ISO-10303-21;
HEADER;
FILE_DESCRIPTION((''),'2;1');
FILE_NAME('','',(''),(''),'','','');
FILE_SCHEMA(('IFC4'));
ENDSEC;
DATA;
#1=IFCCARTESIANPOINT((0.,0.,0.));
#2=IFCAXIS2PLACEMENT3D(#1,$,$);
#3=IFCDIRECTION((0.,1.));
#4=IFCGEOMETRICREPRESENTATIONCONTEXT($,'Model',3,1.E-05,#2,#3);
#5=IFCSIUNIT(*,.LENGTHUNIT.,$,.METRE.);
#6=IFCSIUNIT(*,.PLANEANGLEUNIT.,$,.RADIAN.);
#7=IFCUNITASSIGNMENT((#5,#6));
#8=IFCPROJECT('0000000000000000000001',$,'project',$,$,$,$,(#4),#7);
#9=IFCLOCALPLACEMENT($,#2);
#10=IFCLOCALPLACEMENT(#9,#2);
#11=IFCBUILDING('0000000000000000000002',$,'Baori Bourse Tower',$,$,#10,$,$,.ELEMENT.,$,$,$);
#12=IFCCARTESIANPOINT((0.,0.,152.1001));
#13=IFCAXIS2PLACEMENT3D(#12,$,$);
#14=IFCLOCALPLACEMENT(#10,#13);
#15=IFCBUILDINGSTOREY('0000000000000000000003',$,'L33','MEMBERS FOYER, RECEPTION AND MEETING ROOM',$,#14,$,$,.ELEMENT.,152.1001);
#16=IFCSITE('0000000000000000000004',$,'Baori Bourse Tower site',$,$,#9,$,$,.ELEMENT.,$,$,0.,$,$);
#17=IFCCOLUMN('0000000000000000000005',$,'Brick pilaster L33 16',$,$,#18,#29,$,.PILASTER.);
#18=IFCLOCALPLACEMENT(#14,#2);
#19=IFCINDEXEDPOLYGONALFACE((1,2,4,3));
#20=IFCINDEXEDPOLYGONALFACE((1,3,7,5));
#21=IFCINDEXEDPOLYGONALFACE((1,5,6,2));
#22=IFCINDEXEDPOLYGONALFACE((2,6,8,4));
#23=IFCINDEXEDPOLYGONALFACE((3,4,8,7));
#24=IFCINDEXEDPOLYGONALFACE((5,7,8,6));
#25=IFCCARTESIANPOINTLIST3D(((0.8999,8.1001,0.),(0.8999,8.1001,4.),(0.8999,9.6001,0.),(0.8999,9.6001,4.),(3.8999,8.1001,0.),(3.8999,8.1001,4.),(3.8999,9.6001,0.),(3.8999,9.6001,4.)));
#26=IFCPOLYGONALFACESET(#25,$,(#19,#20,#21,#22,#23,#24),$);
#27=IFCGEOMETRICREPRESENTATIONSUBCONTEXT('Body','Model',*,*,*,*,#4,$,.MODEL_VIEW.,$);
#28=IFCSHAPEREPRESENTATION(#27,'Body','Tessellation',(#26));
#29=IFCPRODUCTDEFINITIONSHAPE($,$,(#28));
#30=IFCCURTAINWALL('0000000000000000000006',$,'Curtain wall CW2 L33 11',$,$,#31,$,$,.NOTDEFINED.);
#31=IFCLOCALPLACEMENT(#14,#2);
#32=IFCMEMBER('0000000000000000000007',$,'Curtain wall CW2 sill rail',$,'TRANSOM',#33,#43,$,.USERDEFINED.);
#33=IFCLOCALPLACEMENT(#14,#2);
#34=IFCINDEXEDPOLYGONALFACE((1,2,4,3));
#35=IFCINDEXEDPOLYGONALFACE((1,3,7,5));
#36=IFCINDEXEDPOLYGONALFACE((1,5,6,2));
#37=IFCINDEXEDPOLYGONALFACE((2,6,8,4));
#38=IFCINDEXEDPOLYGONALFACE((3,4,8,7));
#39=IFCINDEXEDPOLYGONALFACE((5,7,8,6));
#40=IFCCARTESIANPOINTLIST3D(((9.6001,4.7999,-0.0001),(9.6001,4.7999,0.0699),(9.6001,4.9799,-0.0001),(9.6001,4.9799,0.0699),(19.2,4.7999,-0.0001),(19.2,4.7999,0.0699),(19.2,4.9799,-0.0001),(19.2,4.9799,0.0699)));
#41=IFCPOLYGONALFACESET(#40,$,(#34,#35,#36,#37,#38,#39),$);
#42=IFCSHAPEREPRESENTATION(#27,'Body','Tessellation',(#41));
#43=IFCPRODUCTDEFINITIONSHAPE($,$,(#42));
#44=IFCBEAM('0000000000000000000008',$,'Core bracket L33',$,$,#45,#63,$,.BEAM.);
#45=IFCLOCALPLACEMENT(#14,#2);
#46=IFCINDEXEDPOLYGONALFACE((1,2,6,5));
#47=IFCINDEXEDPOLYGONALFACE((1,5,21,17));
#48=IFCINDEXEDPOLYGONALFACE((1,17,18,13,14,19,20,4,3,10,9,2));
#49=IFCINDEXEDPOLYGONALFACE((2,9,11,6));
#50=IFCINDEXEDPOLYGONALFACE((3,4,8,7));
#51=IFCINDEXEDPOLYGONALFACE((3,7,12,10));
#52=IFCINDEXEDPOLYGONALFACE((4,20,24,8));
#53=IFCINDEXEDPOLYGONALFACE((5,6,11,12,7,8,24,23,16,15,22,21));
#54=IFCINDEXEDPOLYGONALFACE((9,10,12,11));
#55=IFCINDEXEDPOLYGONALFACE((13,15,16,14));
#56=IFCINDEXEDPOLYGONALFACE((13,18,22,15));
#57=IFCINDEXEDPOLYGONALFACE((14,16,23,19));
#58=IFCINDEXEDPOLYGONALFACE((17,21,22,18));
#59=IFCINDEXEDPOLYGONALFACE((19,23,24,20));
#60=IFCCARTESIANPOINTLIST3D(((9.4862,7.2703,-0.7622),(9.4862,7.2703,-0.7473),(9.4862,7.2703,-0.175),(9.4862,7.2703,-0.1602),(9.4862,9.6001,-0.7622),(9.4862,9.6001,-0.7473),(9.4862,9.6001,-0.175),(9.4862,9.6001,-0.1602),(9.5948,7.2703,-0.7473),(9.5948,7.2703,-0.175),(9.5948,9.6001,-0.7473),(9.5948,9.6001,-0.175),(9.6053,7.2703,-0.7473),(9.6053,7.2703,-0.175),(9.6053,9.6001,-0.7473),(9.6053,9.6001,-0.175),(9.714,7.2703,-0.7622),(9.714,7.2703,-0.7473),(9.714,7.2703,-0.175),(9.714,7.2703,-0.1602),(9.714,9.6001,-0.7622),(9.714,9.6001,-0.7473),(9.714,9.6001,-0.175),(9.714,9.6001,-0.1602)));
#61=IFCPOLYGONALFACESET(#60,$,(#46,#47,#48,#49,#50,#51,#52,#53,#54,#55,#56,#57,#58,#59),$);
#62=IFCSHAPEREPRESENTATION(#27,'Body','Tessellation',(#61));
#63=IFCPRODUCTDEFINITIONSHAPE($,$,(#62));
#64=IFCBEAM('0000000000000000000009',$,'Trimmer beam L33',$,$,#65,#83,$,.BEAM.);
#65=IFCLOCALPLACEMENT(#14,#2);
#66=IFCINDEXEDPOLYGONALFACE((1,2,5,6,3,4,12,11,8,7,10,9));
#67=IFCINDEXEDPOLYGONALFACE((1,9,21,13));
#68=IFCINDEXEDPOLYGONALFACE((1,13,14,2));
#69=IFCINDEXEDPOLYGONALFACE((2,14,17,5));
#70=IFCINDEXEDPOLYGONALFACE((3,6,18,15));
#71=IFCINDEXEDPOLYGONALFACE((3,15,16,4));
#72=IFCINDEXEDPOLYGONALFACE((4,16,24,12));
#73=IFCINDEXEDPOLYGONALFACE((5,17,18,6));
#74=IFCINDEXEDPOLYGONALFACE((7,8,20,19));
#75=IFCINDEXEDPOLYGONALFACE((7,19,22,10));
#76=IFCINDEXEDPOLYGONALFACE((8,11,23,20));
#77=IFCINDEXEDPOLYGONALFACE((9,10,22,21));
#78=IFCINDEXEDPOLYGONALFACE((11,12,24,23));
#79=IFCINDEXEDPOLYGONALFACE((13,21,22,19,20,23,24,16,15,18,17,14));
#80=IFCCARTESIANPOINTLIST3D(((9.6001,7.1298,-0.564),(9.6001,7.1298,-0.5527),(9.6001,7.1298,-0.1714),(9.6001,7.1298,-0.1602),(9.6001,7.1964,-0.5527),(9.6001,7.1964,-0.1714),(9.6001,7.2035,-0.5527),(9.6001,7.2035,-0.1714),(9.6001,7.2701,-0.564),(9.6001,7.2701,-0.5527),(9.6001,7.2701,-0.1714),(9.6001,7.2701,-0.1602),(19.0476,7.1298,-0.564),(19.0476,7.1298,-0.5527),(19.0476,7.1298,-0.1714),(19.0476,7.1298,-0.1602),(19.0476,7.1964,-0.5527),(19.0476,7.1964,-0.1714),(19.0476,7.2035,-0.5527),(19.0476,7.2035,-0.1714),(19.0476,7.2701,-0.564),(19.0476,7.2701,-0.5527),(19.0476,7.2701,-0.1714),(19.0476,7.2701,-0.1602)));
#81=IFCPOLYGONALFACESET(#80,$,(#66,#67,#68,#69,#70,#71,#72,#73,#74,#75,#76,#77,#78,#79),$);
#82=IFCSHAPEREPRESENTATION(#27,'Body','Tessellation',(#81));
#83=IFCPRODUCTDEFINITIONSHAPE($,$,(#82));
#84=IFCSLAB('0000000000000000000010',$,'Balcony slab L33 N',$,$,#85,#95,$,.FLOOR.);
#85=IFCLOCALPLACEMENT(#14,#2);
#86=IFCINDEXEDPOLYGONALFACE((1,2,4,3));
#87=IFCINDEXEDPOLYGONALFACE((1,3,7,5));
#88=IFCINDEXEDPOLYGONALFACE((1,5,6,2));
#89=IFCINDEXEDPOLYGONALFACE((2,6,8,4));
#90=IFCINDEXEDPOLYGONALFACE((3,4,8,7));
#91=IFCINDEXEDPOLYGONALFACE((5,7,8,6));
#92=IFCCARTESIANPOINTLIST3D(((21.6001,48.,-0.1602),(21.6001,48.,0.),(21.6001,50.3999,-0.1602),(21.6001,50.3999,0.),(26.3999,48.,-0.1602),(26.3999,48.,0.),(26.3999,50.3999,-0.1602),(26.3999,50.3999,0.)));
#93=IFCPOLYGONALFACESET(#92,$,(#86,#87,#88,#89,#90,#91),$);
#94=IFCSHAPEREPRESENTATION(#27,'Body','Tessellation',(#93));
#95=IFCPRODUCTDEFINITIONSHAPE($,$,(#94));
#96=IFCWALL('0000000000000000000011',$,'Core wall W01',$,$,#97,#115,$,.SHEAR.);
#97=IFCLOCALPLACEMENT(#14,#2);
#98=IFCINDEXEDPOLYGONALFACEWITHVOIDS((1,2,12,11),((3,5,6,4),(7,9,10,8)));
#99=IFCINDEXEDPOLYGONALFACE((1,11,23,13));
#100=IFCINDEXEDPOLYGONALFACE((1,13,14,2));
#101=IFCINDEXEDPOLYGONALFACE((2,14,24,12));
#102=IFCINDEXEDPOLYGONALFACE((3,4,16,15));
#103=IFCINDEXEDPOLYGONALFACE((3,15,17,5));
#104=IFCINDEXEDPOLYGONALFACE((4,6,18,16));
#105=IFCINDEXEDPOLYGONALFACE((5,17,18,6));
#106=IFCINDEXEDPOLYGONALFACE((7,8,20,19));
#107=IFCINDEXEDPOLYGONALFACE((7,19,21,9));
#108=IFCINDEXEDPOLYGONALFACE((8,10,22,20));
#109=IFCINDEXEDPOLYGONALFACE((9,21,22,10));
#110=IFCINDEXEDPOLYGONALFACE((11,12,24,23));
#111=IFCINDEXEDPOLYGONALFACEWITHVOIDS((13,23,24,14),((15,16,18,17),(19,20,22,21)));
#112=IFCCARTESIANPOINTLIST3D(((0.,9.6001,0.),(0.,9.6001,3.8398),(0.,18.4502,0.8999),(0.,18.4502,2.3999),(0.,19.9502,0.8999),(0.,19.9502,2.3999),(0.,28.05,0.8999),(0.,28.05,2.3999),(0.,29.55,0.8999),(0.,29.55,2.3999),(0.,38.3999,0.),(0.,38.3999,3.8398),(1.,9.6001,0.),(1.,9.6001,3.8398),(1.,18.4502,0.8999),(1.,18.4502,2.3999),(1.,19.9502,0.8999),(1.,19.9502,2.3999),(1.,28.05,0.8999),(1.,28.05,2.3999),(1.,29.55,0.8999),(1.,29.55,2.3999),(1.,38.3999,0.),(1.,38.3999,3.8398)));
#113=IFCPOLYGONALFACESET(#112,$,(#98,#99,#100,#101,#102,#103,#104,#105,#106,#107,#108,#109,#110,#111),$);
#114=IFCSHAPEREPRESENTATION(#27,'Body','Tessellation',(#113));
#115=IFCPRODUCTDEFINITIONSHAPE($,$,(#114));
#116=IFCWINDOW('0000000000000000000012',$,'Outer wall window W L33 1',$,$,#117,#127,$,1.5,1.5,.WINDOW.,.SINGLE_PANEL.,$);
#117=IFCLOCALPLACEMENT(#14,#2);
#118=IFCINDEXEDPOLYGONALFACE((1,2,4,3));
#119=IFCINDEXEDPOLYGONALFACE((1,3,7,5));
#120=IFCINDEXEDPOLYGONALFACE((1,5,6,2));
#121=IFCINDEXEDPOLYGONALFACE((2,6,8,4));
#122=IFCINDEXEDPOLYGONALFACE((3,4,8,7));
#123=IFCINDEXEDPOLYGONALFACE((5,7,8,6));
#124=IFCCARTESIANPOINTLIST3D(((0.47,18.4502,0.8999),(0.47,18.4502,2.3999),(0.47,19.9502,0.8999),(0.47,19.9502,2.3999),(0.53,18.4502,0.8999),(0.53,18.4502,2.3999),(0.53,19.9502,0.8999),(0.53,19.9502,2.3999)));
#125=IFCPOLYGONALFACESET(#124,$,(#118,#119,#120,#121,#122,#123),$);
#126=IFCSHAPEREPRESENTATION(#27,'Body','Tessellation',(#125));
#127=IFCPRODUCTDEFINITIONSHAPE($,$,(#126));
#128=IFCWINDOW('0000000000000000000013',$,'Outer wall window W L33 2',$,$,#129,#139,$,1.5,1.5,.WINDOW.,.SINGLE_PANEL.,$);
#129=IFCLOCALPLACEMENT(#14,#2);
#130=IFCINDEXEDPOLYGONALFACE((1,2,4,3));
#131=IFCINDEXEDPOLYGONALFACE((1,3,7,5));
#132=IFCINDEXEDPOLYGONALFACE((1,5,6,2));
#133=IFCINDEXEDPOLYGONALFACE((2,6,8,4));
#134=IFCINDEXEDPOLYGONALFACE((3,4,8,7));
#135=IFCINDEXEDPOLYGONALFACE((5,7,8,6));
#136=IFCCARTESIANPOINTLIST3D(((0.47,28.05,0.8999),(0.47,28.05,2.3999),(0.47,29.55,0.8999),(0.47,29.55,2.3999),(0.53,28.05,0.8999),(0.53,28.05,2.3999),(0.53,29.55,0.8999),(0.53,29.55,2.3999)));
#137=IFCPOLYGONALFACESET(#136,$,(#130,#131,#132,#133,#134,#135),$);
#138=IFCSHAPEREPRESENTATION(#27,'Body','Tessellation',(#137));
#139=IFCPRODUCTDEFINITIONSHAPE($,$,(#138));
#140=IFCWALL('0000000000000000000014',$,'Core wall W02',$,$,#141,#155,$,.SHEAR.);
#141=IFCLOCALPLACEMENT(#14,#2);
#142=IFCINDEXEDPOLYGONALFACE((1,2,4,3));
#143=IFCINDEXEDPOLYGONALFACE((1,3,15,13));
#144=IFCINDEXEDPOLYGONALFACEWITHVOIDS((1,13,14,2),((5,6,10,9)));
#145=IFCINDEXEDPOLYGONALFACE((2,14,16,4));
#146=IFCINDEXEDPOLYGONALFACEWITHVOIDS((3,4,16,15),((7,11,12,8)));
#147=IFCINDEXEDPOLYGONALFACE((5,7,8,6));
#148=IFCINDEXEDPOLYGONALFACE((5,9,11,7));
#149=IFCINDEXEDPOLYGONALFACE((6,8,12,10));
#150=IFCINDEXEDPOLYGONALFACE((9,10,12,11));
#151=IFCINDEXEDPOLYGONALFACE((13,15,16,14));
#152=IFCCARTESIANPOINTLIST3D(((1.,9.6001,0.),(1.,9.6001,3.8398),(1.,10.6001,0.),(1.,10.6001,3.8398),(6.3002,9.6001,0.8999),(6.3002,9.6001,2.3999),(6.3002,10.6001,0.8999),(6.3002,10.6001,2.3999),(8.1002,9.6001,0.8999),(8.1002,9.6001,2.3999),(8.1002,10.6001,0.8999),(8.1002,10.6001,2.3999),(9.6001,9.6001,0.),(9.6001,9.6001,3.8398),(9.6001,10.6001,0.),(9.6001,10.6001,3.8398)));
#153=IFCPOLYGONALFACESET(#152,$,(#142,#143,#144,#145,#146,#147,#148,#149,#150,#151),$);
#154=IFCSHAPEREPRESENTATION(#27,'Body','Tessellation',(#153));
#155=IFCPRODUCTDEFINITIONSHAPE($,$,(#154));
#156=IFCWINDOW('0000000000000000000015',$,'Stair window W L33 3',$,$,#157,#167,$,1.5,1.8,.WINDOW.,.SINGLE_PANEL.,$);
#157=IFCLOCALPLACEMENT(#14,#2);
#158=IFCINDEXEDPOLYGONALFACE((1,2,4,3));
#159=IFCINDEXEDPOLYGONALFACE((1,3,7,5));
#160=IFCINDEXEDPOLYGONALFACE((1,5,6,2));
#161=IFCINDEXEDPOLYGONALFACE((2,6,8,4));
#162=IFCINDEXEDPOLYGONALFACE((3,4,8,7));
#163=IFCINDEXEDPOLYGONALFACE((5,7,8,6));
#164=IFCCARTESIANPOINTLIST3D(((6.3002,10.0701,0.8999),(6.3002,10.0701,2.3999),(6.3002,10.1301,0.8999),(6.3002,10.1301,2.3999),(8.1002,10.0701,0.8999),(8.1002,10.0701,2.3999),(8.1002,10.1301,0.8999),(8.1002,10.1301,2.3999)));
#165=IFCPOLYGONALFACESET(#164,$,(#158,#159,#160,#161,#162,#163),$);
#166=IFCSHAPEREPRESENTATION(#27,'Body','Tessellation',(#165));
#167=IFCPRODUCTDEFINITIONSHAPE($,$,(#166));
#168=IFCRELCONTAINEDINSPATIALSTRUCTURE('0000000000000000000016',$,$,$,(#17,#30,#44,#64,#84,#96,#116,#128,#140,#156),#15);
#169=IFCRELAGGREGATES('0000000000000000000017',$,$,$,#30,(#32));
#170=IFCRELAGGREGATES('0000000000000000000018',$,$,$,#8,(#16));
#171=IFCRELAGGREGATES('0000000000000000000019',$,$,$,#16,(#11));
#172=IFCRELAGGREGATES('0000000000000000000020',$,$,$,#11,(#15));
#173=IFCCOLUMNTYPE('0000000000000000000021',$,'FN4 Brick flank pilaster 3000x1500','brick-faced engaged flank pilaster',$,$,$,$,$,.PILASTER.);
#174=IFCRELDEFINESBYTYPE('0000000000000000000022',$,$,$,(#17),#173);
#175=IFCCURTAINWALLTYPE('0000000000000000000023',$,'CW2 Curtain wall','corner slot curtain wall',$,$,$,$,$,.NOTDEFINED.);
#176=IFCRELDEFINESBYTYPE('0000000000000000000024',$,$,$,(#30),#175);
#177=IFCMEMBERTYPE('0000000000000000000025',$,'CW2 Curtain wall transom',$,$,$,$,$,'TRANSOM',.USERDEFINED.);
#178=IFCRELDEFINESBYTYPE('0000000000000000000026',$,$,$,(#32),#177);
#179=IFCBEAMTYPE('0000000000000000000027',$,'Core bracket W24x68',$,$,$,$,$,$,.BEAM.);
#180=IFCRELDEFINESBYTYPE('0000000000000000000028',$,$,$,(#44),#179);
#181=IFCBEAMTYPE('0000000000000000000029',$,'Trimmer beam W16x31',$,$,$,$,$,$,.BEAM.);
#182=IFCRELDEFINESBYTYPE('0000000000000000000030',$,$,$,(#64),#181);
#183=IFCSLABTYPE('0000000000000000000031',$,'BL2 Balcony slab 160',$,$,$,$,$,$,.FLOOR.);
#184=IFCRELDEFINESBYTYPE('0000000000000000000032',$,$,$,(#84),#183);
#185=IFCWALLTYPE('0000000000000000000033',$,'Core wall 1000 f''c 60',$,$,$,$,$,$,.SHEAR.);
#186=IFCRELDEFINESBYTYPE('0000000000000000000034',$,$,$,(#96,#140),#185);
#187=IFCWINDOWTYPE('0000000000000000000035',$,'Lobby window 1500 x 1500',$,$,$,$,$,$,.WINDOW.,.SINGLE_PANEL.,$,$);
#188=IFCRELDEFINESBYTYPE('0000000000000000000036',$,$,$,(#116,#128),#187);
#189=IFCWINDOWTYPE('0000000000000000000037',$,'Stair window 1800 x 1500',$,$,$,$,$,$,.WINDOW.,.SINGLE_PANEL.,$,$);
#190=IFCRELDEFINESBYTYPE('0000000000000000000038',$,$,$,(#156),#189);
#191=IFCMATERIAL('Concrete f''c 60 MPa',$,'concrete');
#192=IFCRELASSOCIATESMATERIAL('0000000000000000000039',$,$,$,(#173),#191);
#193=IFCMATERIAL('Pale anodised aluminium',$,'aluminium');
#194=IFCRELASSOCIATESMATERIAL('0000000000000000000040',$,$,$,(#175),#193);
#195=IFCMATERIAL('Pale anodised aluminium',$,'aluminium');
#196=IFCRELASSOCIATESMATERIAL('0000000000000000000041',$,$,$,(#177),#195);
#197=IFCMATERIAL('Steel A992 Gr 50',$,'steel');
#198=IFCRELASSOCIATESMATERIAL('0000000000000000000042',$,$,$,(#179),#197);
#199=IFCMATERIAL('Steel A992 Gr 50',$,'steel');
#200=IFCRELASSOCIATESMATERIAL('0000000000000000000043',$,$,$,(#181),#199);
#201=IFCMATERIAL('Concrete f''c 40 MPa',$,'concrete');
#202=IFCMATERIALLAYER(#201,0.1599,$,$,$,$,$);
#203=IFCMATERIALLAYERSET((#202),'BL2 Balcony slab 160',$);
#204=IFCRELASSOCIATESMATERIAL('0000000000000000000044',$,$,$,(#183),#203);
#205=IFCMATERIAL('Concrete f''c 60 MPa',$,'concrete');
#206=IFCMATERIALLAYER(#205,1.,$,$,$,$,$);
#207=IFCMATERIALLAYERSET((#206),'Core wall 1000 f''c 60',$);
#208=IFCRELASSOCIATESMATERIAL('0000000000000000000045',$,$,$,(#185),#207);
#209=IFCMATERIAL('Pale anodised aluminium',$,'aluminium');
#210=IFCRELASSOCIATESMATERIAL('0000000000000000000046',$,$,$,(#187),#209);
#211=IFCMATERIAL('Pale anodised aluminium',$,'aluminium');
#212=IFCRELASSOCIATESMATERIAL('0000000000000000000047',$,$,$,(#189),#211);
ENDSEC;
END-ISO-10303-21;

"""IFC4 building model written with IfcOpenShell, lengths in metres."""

from ifc_helpers import new_model, si_unit, direction, frame, frame_2d, origin, origin_2d, place, context, subcontext, project, spatial, polyline, rectangle, i_section, outline, extrude, material, layer, layer_set, material_profile, profile_set, type_object, element, fill, aggregate, save


model = new_model("IFC4")

# Units and contexts
model_context = context("Model", 3, precision=1e-05, world=origin(), true_north=direction((0.0, 1.0)))
body_context = subcontext(model_context, "Body", "Model", "MODEL_VIEW")
ifc_project = project(units=[si_unit("LENGTHUNIT", "METRE"), si_unit("PLANEANGLEUNIT", "RADIAN")], contexts=[model_context])

# Site, building, storey
site_placement = place(None, origin())
site = spatial("IfcSite", under=ifc_project, at=site_placement, Name="Baori Bourse Tower site", CompositionType="ELEMENT", RefElevation=0.0)
building_placement = place(site_placement, origin())
building = spatial("IfcBuilding", under=site, at=building_placement, Name="Baori Bourse Tower", CompositionType="ELEMENT")
storey_placement = place(building_placement, frame((0.0, 0.0, 152.1001)))
storey = spatial("IfcBuildingStorey", under=building, at=storey_placement, Name="L33", Description="MEMBERS FOYER, RECEPTION AND MEETING ROOM", CompositionType="ELEMENT", Elevation=152.1001)

# Column
ifc_material_1 = material(Name="Concrete f'c 60 MPa", Category="concrete")
ifc_material_profile_1 = material_profile(ifc_material_1, rectangle(XDim=3.0, YDim=1.5, at=origin_2d()), Name="RC 3000x1500")
ifc_profile_set_1 = profile_set([ifc_material_profile_1], Name="Concrete f'c 60 MPa")
column_type = type_object("IfcColumnType", Name="FN4 Brick flank pilaster 3000x1500", Description="brick-faced engaged flank pilaster", PredefinedType="PILASTER", material=ifc_profile_set_1)
column_placement = place(storey_placement, frame((2.3999, 8.8501, 0.0), z_axis=(0.0, 0.0, 1.0), x_axis=(1.0, 0.0, 0.0)))
element("IfcColumn", 1, at=column_placement, inside=storey, type_object=column_type, Name="Brick pilaster L33 16", PredefinedType="PILASTER", context=body_context, shape_type="SweptSolid", body=[
    extrude(rectangle(XDim=3.0, YDim=1.5, at=origin_2d()), origin(), (0.0, 0.0, 1.0), 4.0),
])

# Curtain wall, member
ifc_material_2 = material(Name="Pale anodised aluminium", Category="aluminium")
curtain_wall_type = type_object("IfcCurtainWallType", Name="CW2 Curtain wall", Description="corner slot curtain wall", PredefinedType="NOTDEFINED", material=ifc_material_2)
curtain_wall_placement = place(storey_placement, origin())
curtain_wall = element("IfcCurtainWall", 2, at=curtain_wall_placement, inside=storey, type_object=curtain_wall_type, Name="Curtain wall CW2 L33 11", PredefinedType="NOTDEFINED")
ifc_material_3 = material(Name="Pale anodised aluminium", Category="aluminium")
ifc_material_profile_2 = material_profile(ifc_material_3, rectangle(XDim=0.1799, YDim=0.0701, at=origin_2d()), Name="Transom 70x180")
ifc_profile_set_2 = profile_set([ifc_material_profile_2], Name="Pale anodised aluminium")
member_type = type_object("IfcMemberType", Name="CW2 Curtain wall transom", ElementType="TRANSOM", PredefinedType="USERDEFINED", material=ifc_profile_set_2)
member_placement = place(storey_placement, frame((9.6001, 4.8899, 0.0349), z_axis=(1.0, 0.0, 0.0), x_axis=(0.0, 1.0, 0.0)))
member = element("IfcMember", 3, at=member_placement, type_object=member_type, Name="Curtain wall CW2 sill rail", ObjectType="TRANSOM", PredefinedType="USERDEFINED", context=body_context, shape_type="SweptSolid", body=[
    extrude(rectangle(XDim=0.1799, YDim=0.0701, at=origin_2d()), origin(), (0.0, 0.0, 1.0), 9.5999),
])
aggregate(curtain_wall, [member])

# Beams
ifc_material_4 = material(Name="Steel A992 Gr 50", Category="steel")
ifc_material_profile_3 = material_profile(ifc_material_4, i_section(OverallWidth=0.2278, OverallDepth=0.6021, WebThickness=0.0105, FlangeThickness=0.0149, at=origin_2d()), Name="W24x68")
ifc_profile_set_3 = profile_set([ifc_material_profile_3], Name="Steel A992 Gr 50")
beam_type_1 = type_object("IfcBeamType", Name="Core bracket W24x68", PredefinedType="BEAM", material=ifc_profile_set_3)
beam_1_placement = place(storey_placement, frame((9.6001, 7.2703, -0.4612), z_axis=(0.0, 1.0, 0.0), x_axis=(-1.0, 0.0, 0.0)))
element("IfcBeam", 4, at=beam_1_placement, inside=storey, type_object=beam_type_1, Name="Core bracket L33", PredefinedType="BEAM", context=body_context, shape_type="SweptSolid", body=[
    extrude(i_section(OverallWidth=0.2278, OverallDepth=0.6021, WebThickness=0.0105, FlangeThickness=0.0149, at=origin_2d()), origin(), (0.0, 0.0, 1.0), 2.3298),
])
ifc_material_5 = material(Name="Steel A992 Gr 50", Category="steel")
ifc_material_profile_4 = material_profile(ifc_material_5, i_section(OverallWidth=0.1404, OverallDepth=0.4038, WebThickness=0.0071, FlangeThickness=0.0112, at=origin_2d()), Name="W16x31")
ifc_profile_set_4 = profile_set([ifc_material_profile_4], Name="Steel A992 Gr 50")
beam_type_2 = type_object("IfcBeamType", Name="Trimmer beam W16x31", PredefinedType="BEAM", material=ifc_profile_set_4)
beam_2_placement = place(storey_placement, frame((9.6001, 7.2, -0.3621), z_axis=(1.0, 0.0, 0.0), x_axis=(0.0, 1.0, 0.0)))
element("IfcBeam", 5, at=beam_2_placement, inside=storey, type_object=beam_type_2, Name="Trimmer beam L33", PredefinedType="BEAM", context=body_context, shape_type="SweptSolid", body=[
    extrude(i_section(OverallWidth=0.1404, OverallDepth=0.4038, WebThickness=0.0071, FlangeThickness=0.0112, at=origin_2d()), origin(), (0.0, 0.0, 1.0), 9.4475),
])

# Slab
ifc_material_6 = material(Name="Concrete f'c 40 MPa", Category="concrete")
ifc_layer_1 = layer(ifc_material_6, 0.1599)
ifc_layer_set_1 = layer_set([ifc_layer_1], Name="BL2 Balcony slab 160")
slab_type = type_object("IfcSlabType", Name="BL2 Balcony slab 160", PredefinedType="FLOOR", material=ifc_layer_set_1)
slab_placement = place(storey_placement, frame((0.0, 0.0, -0.1602)))
element("IfcSlab", 6, at=slab_placement, inside=storey, type_object=slab_type, Name="Balcony slab L33 N", PredefinedType="FLOOR", context=body_context, shape_type="SweptSolid", body=[
    extrude(outline(polyline([(21.6001, 48.0), (26.3999, 48.0), (26.3999, 50.3999), (21.6001, 50.3999), (21.6001, 48.0)])), origin(), (0.0, 0.0, 1.0), 0.1602),
])

# Wall, openings, windows
ifc_material_7 = material(Name="Concrete f'c 60 MPa", Category="concrete")
ifc_layer_2 = layer(ifc_material_7, 1.0)
ifc_layer_set_2 = layer_set([ifc_layer_2], Name="Core wall 1000 f'c 60")
wall_type_1 = type_object("IfcWallType", Name="Core wall 1000 f'c 60", PredefinedType="SHEAR", material=ifc_layer_set_2)
wall_1_placement = place(storey_placement, frame((0.5, 9.6001, 0.0), z_axis=(0.0, 0.0, 1.0), x_axis=(0.0, 1.0, 0.0)))
wall_1 = element("IfcWall", 7, at=wall_1_placement, inside=storey, type_object=wall_type_1, Name="Core wall W01", PredefinedType="SHEAR", context=body_context, shape_type="SweptSolid", body=[
    extrude(rectangle(XDim=28.7998, YDim=1.0, at=frame_2d((14.3999, 0.0))), origin(), (0.0, 0.0, 1.0), 3.8398),
])
opening_1_placement = place(wall_1_placement, frame((8.8501, 0.0, 0.8999)))
opening_1 = element("IfcOpeningElement", 8, at=opening_1_placement, cuts=wall_1, PredefinedType="OPENING", context=body_context, shape_type="SweptSolid", body=[
    extrude(rectangle(XDim=1.5, YDim=1.5, at=frame_2d((0.75, 0.75))), frame((0.0, 0.51, 0.0), z_axis=(0.0, -1.0, 0.0), x_axis=(1.0, 0.0, 0.0)), (0.0, 0.0, 1.0), 1.02),
])
opening_2_placement = place(wall_1_placement, frame((18.45, 0.0, 0.8999)))
opening_2 = element("IfcOpeningElement", 9, at=opening_2_placement, cuts=wall_1, PredefinedType="OPENING", context=body_context, shape_type="SweptSolid", body=[
    extrude(rectangle(XDim=1.5, YDim=1.5, at=frame_2d((0.75, 0.75))), frame((0.0, 0.51, 0.0), z_axis=(0.0, -1.0, 0.0), x_axis=(1.0, 0.0, 0.0)), (0.0, 0.0, 1.0), 1.02),
])
ifc_material_8 = material(Name="Pale anodised aluminium", Category="aluminium")
window_type_1 = type_object("IfcWindowType", Name="Lobby window 1500 x 1500", PartitioningType="SINGLE_PANEL", PredefinedType="WINDOW", material=ifc_material_8)
window_1_placement = place(opening_1_placement, origin())
window_1 = element("IfcWindow", 10, at=window_1_placement, inside=storey, type_object=window_type_1, Name="Outer wall window W L33 1", OverallHeight=1.5, OverallWidth=1.5, PartitioningType="SINGLE_PANEL", PredefinedType="WINDOW", context=body_context, shape_type="SweptSolid", body=[
    extrude(rectangle(XDim=1.5, YDim=1.5, at=frame_2d((0.75, 0.75))), frame((0.0, 0.03, 0.0), z_axis=(0.0, -1.0, 0.0), x_axis=(1.0, 0.0, 0.0)), (0.0, 0.0, 1.0), 0.0601),
])
fill(opening_1, window_1)
window_2_placement = place(opening_2_placement, origin())
window_2 = element("IfcWindow", 11, at=window_2_placement, inside=storey, type_object=window_type_1, Name="Outer wall window W L33 2", OverallHeight=1.5, OverallWidth=1.5, PartitioningType="SINGLE_PANEL", PredefinedType="WINDOW", context=body_context, shape_type="SweptSolid", body=[
    extrude(rectangle(XDim=1.5, YDim=1.5, at=frame_2d((0.75, 0.75))), frame((0.0, 0.03, 0.0), z_axis=(0.0, -1.0, 0.0), x_axis=(1.0, 0.0, 0.0)), (0.0, 0.0, 1.0), 0.0601),
])
fill(opening_2, window_2)

# Wall, opening, window
wall_2_placement = place(storey_placement, frame((9.6001, 10.1001, 0.0), z_axis=(0.0, 0.0, 1.0), x_axis=(-1.0, 0.0, 0.0)))
wall_2 = element("IfcWall", 12, at=wall_2_placement, inside=storey, type_object=wall_type_1, Name="Core wall W02", PredefinedType="SHEAR", context=body_context, shape_type="SweptSolid", body=[
    extrude(rectangle(XDim=8.6001, YDim=1.0, at=frame_2d((4.3, 0.0))), origin(), (0.0, 0.0, 1.0), 3.8398),
])
opening_3_placement = place(wall_2_placement, frame((1.5, 0.0, 0.8999)))
opening_3 = element("IfcOpeningElement", 13, at=opening_3_placement, cuts=wall_2, PredefinedType="OPENING", context=body_context, shape_type="SweptSolid", body=[
    extrude(rectangle(XDim=1.8, YDim=1.5, at=frame_2d((0.8999, 0.75))), frame((0.0, 0.51, 0.0), z_axis=(0.0, -1.0, 0.0), x_axis=(1.0, 0.0, 0.0)), (0.0, 0.0, 1.0), 1.02),
])
ifc_material_9 = material(Name="Pale anodised aluminium", Category="aluminium")
window_type_2 = type_object("IfcWindowType", Name="Stair window 1800 x 1500", PartitioningType="SINGLE_PANEL", PredefinedType="WINDOW", material=ifc_material_9)
window_3_placement = place(opening_3_placement, origin())
window_3 = element("IfcWindow", 14, at=window_3_placement, inside=storey, type_object=window_type_2, Name="Stair window W L33 3", OverallHeight=1.5, OverallWidth=1.8, PartitioningType="SINGLE_PANEL", PredefinedType="WINDOW", context=body_context, shape_type="SweptSolid", body=[
    extrude(rectangle(XDim=1.8, YDim=1.5, at=frame_2d((0.8999, 0.75))), frame((0.0, 0.03, 0.0), z_axis=(0.0, -1.0, 0.0), x_axis=(1.0, 0.0, 0.0)), (0.0, 0.0, 1.0), 0.0601),
])
fill(opening_3, window_3)

save(model, "model.ifc")
